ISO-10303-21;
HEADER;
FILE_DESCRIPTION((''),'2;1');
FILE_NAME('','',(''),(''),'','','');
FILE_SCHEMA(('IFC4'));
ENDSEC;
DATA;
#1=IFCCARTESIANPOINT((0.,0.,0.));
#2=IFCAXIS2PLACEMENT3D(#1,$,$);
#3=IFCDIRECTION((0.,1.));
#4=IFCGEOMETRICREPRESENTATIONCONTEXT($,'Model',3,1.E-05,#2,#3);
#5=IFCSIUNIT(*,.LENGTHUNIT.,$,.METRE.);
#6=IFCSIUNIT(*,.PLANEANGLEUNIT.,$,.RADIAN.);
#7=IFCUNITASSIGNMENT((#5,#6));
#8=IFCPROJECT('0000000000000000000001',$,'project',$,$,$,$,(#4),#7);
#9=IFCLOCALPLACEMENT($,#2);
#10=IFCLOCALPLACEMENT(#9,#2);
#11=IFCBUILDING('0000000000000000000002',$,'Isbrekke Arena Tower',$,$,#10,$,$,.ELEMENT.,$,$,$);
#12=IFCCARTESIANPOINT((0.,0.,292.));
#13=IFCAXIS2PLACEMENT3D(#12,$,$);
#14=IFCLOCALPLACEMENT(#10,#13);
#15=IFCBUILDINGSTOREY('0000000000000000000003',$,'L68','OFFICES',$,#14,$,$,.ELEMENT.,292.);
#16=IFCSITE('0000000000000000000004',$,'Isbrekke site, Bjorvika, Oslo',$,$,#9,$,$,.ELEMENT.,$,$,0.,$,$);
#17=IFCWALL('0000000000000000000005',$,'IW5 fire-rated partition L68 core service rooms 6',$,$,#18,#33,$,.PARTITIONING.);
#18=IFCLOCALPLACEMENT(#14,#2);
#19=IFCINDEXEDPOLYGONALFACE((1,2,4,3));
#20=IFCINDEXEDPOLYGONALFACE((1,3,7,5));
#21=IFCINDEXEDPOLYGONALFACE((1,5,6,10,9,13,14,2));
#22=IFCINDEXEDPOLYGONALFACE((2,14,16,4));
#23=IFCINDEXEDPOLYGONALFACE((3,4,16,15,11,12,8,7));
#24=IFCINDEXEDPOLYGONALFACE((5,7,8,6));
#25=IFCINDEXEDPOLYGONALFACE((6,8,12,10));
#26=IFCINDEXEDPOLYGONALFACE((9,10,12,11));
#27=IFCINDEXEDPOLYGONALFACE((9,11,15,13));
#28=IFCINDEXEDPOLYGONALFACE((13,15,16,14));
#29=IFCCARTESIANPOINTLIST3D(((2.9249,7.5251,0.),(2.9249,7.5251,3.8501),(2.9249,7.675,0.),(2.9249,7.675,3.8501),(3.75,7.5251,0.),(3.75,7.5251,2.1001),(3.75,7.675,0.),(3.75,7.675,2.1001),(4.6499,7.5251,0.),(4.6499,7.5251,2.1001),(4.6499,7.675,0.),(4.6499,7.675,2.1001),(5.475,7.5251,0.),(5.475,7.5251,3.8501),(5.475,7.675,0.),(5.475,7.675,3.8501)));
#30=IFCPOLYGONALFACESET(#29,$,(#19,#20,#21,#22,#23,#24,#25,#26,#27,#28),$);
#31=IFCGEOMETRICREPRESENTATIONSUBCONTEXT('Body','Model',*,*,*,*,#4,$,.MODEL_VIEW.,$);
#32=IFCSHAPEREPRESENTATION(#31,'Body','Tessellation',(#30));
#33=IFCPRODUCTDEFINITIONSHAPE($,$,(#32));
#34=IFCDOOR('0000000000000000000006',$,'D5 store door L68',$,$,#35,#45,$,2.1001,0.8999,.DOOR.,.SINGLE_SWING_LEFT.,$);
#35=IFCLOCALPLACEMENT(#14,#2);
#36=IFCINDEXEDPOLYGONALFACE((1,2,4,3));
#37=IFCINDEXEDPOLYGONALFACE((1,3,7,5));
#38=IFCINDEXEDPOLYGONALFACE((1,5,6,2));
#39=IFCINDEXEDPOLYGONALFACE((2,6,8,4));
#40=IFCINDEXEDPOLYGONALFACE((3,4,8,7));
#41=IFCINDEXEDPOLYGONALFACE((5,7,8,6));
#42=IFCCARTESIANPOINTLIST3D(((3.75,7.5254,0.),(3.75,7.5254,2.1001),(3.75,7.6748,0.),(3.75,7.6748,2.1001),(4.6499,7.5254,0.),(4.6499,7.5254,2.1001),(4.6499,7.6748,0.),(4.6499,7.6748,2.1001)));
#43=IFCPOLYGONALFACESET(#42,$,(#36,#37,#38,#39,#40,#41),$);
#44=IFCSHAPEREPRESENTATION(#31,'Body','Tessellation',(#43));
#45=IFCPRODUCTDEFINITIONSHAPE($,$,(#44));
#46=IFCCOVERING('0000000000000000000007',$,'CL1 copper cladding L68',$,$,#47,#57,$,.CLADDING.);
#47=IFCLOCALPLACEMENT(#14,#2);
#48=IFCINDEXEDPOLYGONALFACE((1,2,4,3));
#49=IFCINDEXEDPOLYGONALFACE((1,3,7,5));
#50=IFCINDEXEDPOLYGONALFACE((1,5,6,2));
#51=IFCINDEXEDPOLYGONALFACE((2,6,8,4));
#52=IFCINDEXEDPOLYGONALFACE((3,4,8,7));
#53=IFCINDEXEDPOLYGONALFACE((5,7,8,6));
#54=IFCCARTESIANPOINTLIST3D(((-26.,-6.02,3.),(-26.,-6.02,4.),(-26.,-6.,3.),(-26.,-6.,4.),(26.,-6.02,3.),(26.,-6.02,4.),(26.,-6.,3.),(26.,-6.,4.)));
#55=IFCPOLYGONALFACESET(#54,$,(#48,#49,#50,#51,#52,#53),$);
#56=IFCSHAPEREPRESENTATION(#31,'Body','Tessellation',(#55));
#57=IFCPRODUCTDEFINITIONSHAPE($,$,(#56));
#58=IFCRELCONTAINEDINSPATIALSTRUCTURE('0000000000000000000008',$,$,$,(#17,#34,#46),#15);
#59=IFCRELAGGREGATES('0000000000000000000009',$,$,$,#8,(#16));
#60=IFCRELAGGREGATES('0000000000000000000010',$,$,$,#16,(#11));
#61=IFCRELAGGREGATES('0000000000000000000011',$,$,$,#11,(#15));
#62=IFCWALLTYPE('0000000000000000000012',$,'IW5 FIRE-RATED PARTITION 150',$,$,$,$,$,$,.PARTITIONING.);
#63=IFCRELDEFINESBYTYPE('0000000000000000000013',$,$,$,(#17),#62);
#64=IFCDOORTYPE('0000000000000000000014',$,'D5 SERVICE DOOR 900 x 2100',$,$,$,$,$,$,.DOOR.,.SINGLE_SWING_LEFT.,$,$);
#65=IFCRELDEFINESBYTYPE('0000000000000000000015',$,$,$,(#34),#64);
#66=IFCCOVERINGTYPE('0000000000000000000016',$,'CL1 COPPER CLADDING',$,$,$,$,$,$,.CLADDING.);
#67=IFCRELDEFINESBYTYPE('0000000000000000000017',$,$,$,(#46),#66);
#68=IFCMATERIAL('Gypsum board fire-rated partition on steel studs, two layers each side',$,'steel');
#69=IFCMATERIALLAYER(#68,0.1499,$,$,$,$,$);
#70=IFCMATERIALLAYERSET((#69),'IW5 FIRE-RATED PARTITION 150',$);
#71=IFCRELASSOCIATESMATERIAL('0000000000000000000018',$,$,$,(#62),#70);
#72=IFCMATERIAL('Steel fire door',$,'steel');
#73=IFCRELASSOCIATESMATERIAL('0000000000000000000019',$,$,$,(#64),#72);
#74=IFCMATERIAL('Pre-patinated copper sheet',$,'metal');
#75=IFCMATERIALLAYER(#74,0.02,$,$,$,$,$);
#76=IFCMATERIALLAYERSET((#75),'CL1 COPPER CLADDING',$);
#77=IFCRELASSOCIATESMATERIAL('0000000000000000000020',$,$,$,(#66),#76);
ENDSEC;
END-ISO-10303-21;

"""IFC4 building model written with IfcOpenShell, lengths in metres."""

from ifc_helpers import new_model, si_unit, direction, frame, frame_2d, origin, origin_2d, place, context, subcontext, project, spatial, rectangle, extrude, material, layer, layer_set, type_object, element, fill, save


model = new_model("IFC4")

# Units and contexts
model_context = context("Model", 3, precision=1e-05, world=origin(), true_north=direction((0.0, 1.0)))
body_context = subcontext(model_context, "Body", "Model", "MODEL_VIEW")
ifc_project = project(units=[si_unit("LENGTHUNIT", "METRE"), si_unit("PLANEANGLEUNIT", "RADIAN")], contexts=[model_context])

# Site, building, storey
site_placement = place(None, origin())
site = spatial("IfcSite", under=ifc_project, at=site_placement, Name="Isbrekke site, Bjorvika, Oslo", CompositionType="ELEMENT", RefElevation=0.0)
building_placement = place(site_placement, origin())
building = spatial("IfcBuilding", under=site, at=building_placement, Name="Isbrekke Arena Tower", CompositionType="ELEMENT")
storey_placement = place(building_placement, frame((0.0, 0.0, 292.0)))
storey = spatial("IfcBuildingStorey", under=building, at=storey_placement, Name="L68", Description="OFFICES", CompositionType="ELEMENT", Elevation=292.0)

# Wall, opening, door
ifc_material_1 = material(Name="Gypsum board fire-rated partition on steel studs, two layers each side", Category="steel")
ifc_layer_1 = layer(ifc_material_1, 0.1499)
ifc_layer_set_1 = layer_set([ifc_layer_1], Name="IW5 FIRE-RATED PARTITION 150")
wall_type_1 = type_object("IfcWallType", Name="IW5 FIRE-RATED PARTITION 150", PredefinedType="PARTITIONING", material=ifc_layer_set_1)
wall_1_placement = place(storey_placement, frame((2.925, 7.6001, 0.0), z_axis=(0.0, 0.0, 1.0), x_axis=(1.0, 0.0, 0.0)))
wall_1 = element("IfcWall", 1, at=wall_1_placement, inside=storey, type_object=wall_type_1, Name="IW5 fire-rated partition L68 core service rooms 6", PredefinedType="PARTITIONING", context=body_context, shape_type="SweptSolid", body=[
    extrude(rectangle(XDim=2.55, YDim=0.1499, at=frame_2d((1.2749, 0.0))), origin(), (0.0, 0.0, 1.0), 3.8501),
])
opening_1_placement = place(wall_1_placement, frame((0.825, 0.0, 0.0)))
opening_1 = element("IfcOpeningElement", 2, at=opening_1_placement, cuts=wall_1, PredefinedType="OPENING", context=body_context, shape_type="SweptSolid", body=[
    extrude(rectangle(XDim=0.8999, YDim=2.1001, at=frame_2d((0.45, 1.05))), frame((0.0, 0.0898, 0.0), z_axis=(0.0, -1.0, 0.0), x_axis=(1.0, 0.0, 0.0)), (0.0, 0.0, 1.0), 0.1797),
])
ifc_material_2 = material(Name="Steel fire door", Category="steel")
door_type_1 = type_object("IfcDoorType", Name="D5 SERVICE DOOR 900 x 2100", OperationType="SINGLE_SWING_LEFT", PredefinedType="DOOR", material=ifc_material_2)
door_1_placement = place(opening_1_placement, origin())
door_1 = element("IfcDoor", 3, at=door_1_placement, inside=storey, type_object=door_type_1, Name="D5 store door L68", OperationType="SINGLE_SWING_LEFT", OverallHeight=2.1001, OverallWidth=0.8999, PredefinedType="DOOR", context=body_context, shape_type="SweptSolid", body=[
    extrude(rectangle(XDim=0.8999, YDim=2.1001, at=frame_2d((0.45, 1.05))), frame((0.0, 0.0747, 0.0), z_axis=(0.0, -1.0, 0.0), x_axis=(1.0, 0.0, 0.0)), (0.0, 0.0, 1.0), 0.1494),
])
fill(opening_1, door_1)

# Covering
ifc_material_3 = material(Name="Pre-patinated copper sheet", Category="metal")
ifc_layer_2 = layer(ifc_material_3, 0.02)
ifc_layer_set_2 = layer_set([ifc_layer_2], Name="CL1 COPPER CLADDING")
covering_type = type_object("IfcCoveringType", Name="CL1 COPPER CLADDING", PredefinedType="CLADDING", material=ifc_layer_set_2)
covering_placement = place(storey_placement, frame((0.0, -6.01, 3.0), z_axis=(0.0, 0.0, 1.0), x_axis=(1.0, 0.0, 0.0)))
element("IfcCovering", 4, at=covering_placement, inside=storey, type_object=covering_type, Name="CL1 copper cladding L68", PredefinedType="CLADDING", context=body_context, shape_type="SweptSolid", body=[
    extrude(rectangle(XDim=52.0, YDim=0.02, at=origin_2d()), origin(), (0.0, 0.0, 1.0), 1.0),
])

save(model, "model.ifc")
